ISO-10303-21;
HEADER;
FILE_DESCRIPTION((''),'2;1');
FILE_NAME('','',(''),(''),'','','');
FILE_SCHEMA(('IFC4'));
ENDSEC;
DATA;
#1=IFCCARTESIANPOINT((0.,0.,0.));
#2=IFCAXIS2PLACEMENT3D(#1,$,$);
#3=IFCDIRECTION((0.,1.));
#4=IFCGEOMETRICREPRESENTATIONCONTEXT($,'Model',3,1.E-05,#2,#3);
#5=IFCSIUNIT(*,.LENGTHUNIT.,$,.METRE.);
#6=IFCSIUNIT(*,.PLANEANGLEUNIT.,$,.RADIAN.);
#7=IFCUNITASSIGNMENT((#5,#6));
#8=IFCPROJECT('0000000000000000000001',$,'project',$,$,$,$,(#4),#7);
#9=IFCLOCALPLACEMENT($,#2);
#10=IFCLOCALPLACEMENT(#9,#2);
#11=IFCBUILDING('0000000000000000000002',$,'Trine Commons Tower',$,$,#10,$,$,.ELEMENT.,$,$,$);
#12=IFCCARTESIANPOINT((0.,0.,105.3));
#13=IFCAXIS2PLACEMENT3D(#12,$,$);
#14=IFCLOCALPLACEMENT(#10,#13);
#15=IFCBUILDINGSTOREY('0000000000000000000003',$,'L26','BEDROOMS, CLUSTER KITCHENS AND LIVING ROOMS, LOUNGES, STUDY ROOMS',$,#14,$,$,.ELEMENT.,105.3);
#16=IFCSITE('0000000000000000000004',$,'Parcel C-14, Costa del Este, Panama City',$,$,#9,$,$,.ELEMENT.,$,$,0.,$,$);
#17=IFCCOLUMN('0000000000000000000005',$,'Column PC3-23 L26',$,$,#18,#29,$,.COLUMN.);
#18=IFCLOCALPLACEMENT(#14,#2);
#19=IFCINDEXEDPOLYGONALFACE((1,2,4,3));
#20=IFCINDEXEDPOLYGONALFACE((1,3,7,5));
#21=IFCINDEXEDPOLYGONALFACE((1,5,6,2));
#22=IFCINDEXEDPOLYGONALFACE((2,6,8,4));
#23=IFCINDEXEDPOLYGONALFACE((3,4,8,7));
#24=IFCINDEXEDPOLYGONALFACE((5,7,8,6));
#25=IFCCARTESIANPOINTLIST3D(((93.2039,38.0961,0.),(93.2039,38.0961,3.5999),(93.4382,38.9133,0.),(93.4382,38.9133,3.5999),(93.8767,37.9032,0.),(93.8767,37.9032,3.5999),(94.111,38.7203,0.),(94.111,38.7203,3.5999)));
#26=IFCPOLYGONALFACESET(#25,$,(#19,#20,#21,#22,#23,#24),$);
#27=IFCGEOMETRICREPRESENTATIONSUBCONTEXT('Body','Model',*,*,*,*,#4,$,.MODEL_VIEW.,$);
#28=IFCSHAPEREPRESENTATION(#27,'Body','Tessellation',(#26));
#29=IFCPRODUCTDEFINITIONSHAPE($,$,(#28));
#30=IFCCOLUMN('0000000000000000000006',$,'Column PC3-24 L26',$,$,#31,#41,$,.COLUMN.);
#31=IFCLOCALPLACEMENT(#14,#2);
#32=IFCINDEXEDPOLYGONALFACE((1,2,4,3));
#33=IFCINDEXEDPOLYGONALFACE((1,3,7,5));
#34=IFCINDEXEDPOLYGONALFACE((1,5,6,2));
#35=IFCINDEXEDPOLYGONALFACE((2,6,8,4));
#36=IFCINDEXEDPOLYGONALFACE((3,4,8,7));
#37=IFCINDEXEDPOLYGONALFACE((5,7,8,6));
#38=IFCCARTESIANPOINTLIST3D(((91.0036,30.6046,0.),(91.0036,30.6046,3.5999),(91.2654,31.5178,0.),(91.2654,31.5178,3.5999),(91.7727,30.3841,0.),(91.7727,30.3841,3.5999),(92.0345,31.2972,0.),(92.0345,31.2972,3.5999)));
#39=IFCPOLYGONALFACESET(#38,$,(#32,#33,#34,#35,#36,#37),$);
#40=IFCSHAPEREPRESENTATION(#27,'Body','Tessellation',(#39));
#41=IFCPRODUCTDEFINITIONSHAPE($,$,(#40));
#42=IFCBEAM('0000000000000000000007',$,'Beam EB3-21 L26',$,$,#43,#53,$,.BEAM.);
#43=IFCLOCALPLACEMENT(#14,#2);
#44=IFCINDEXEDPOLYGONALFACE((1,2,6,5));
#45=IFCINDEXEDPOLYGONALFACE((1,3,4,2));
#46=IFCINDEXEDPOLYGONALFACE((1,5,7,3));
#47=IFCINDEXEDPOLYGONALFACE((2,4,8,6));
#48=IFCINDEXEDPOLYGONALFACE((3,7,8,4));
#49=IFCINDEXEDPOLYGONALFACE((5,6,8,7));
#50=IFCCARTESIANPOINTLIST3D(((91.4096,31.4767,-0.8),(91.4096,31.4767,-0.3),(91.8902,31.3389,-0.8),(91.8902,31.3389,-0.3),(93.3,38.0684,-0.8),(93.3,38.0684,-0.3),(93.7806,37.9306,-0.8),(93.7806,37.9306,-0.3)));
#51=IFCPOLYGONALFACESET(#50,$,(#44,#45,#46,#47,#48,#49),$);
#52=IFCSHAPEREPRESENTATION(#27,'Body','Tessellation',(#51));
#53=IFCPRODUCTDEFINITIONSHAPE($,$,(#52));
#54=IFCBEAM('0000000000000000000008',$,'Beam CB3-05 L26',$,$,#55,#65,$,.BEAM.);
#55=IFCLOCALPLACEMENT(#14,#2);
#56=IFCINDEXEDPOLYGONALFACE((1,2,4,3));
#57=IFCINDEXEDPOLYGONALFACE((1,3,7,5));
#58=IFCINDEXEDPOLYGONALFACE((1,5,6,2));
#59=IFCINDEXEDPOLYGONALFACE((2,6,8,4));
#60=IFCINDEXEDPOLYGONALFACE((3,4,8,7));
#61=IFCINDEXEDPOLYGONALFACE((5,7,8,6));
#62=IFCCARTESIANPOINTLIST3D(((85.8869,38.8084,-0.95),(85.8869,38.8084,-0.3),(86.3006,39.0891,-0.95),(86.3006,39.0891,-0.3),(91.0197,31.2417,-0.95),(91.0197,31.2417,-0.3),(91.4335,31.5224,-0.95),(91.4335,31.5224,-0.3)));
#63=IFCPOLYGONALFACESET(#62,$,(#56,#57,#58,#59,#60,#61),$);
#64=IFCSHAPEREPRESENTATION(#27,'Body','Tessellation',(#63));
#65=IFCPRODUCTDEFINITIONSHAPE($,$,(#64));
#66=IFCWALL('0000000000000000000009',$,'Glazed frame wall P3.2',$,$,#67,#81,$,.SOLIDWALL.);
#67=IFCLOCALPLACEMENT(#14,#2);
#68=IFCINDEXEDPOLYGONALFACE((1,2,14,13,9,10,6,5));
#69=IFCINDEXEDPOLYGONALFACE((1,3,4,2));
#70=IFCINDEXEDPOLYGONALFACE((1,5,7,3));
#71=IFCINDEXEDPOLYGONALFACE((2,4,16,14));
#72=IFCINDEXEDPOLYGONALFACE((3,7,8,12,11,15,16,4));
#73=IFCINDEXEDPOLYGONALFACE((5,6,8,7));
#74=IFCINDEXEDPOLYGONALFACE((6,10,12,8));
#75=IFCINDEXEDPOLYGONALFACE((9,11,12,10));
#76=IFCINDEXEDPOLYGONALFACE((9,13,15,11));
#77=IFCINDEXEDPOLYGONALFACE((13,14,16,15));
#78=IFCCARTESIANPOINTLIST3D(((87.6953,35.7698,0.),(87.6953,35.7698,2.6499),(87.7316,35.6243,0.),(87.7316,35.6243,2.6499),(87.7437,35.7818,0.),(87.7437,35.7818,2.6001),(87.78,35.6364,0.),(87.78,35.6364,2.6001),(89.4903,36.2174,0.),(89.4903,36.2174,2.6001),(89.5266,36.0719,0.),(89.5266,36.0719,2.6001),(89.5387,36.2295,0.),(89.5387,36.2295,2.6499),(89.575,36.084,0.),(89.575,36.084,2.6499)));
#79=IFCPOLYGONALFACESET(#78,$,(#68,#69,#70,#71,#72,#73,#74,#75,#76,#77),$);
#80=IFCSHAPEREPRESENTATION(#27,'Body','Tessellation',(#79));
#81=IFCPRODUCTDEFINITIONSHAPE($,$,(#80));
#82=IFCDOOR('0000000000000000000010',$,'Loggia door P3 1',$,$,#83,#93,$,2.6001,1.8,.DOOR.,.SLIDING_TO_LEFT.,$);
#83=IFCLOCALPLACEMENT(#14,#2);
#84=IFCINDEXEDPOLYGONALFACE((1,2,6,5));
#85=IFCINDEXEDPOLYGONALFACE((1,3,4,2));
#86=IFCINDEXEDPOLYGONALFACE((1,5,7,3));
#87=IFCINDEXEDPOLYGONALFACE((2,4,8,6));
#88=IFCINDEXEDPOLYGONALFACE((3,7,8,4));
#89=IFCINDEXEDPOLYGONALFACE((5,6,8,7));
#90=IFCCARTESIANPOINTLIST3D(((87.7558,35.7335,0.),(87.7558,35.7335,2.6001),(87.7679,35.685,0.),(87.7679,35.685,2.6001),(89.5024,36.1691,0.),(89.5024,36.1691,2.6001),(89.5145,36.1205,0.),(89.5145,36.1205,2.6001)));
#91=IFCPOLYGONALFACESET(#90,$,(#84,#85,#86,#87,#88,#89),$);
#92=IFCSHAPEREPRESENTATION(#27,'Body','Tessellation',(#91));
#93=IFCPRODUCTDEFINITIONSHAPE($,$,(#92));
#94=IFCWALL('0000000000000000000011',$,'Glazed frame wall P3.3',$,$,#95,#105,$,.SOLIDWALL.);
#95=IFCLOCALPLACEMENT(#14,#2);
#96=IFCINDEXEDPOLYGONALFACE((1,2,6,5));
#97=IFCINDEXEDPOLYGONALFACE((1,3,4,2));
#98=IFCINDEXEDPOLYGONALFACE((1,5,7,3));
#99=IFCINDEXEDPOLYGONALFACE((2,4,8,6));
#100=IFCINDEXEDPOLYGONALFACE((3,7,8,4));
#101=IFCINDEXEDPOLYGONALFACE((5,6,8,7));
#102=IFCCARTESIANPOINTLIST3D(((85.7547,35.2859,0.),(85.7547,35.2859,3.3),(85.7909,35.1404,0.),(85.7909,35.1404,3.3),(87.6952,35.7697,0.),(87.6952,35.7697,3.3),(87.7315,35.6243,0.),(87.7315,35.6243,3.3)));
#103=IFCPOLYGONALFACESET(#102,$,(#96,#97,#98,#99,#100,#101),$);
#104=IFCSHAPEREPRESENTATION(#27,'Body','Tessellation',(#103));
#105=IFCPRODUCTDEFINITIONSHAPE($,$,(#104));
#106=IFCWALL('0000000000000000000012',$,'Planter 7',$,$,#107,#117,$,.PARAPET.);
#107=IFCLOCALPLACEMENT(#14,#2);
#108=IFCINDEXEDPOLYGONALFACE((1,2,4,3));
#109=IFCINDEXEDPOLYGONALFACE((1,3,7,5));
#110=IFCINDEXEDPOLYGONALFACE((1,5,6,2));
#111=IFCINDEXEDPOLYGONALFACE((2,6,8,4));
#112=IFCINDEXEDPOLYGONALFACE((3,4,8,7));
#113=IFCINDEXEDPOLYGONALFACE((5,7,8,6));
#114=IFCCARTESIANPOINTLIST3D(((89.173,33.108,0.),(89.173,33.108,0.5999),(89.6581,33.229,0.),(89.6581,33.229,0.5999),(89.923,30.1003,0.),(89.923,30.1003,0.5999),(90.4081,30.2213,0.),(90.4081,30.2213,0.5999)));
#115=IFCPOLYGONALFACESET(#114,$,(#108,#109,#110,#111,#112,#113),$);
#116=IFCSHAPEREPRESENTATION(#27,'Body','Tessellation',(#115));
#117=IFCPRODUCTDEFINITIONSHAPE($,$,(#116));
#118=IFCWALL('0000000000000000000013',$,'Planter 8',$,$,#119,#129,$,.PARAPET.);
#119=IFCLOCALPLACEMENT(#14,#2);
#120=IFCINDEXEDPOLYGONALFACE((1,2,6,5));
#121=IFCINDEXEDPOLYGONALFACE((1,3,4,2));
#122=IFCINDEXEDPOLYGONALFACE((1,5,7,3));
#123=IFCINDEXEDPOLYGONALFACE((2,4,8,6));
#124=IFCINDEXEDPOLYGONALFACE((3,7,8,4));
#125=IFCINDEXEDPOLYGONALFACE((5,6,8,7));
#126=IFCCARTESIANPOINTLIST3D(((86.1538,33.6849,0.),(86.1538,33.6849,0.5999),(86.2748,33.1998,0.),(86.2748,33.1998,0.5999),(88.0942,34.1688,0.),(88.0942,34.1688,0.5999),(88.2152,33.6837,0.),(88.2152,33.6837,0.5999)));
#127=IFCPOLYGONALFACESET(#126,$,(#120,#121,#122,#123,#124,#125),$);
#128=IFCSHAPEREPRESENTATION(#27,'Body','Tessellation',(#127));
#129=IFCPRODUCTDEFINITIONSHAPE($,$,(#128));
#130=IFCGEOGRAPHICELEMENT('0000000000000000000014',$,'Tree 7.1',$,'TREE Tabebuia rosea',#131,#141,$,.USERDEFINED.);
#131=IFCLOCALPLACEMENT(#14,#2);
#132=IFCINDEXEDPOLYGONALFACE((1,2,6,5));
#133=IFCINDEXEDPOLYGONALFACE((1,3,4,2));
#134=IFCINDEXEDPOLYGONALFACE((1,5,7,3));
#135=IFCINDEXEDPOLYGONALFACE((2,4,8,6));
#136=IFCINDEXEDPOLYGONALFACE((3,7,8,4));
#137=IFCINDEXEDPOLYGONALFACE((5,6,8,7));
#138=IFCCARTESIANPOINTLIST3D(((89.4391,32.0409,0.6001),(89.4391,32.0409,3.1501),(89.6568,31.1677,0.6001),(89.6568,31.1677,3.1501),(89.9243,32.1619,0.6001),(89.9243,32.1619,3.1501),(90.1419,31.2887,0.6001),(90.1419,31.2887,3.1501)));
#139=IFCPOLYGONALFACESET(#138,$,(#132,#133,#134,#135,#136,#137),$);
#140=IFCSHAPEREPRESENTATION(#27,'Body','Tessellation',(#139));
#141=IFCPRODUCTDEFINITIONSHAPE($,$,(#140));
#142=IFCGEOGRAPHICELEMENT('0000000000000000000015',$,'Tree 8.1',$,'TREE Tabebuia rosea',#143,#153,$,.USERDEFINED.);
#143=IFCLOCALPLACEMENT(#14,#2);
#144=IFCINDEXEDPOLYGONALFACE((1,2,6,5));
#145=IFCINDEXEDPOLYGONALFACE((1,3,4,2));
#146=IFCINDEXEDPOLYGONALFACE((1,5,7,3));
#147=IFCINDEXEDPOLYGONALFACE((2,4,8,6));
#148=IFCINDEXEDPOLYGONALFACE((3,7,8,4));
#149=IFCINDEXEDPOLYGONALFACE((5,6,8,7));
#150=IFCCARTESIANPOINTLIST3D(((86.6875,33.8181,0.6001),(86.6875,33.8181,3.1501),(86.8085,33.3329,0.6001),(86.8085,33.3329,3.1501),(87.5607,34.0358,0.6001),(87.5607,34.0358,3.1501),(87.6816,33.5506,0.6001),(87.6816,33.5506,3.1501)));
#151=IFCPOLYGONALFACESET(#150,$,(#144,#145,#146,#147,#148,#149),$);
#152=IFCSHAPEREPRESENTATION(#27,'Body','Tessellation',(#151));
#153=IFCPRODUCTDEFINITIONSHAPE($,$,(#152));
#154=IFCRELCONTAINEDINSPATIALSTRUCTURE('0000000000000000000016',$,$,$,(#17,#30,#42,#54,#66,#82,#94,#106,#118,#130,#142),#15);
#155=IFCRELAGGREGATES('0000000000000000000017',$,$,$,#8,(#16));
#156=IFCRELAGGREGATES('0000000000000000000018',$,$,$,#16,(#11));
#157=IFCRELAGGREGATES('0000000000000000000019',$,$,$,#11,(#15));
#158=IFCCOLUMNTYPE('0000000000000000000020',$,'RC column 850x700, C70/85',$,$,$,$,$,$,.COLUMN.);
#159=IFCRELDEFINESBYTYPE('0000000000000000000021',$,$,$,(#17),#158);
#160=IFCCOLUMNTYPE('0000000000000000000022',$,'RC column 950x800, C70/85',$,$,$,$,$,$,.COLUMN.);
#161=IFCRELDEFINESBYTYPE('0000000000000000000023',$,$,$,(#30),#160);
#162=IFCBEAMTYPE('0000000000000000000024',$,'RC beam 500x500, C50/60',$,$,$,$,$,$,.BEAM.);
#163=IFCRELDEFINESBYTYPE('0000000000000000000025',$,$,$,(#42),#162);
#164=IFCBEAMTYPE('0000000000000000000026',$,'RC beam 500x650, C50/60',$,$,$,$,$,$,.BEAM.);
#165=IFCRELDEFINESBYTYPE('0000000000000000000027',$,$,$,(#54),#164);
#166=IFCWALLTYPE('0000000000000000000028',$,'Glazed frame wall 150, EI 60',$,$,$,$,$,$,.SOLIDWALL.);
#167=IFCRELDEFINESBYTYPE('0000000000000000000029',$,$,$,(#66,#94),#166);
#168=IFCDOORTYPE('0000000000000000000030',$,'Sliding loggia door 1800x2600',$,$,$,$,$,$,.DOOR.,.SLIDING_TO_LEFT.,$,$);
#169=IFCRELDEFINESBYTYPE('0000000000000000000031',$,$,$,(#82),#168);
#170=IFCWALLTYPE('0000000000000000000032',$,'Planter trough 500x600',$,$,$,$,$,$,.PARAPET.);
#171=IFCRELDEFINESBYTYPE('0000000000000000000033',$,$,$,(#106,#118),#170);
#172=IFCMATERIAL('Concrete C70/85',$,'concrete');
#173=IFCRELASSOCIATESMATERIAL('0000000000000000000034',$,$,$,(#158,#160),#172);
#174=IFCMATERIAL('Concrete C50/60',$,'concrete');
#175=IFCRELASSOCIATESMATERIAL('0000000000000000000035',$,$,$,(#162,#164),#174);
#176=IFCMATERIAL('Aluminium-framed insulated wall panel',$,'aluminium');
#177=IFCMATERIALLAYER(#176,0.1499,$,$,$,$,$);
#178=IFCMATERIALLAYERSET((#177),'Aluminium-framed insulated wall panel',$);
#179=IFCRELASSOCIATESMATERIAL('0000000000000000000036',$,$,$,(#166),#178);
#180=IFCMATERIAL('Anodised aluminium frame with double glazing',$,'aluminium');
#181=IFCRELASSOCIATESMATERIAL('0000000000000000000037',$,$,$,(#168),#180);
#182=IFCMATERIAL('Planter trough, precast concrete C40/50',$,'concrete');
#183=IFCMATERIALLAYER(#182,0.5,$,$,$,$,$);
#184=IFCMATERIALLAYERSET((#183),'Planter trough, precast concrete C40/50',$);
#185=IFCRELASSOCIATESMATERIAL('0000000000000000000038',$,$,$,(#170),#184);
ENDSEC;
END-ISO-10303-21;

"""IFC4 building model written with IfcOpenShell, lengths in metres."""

from ifc_helpers import new_model, si_unit, direction, frame, frame_2d, origin, origin_2d, place, context, subcontext, project, spatial, polyline, rectangle, outline, extrude, material, layer, layer_set, material_profile, profile_set, type_object, element, fill, save


model = new_model("IFC4")

# Units and contexts
model_context = context("Model", 3, precision=1e-05, world=origin(), true_north=direction((0.0, 1.0)))
body_context = subcontext(model_context, "Body", "Model", "MODEL_VIEW")
ifc_project = project(units=[si_unit("LENGTHUNIT", "METRE"), si_unit("PLANEANGLEUNIT", "RADIAN")], contexts=[model_context])

# Site, building, storey
site_placement = place(None, origin())
site = spatial("IfcSite", under=ifc_project, at=site_placement, Name="Parcel C-14, Costa del Este, Panama City", CompositionType="ELEMENT", RefElevation=0.0)
building_placement = place(site_placement, origin())
building = spatial("IfcBuilding", under=site, at=building_placement, Name="Trine Commons Tower", CompositionType="ELEMENT")
storey_placement = place(building_placement, frame((0.0, 0.0, 105.3)))
storey = spatial("IfcBuildingStorey", under=building, at=storey_placement, Name="L26", Description="BEDROOMS, CLUSTER KITCHENS AND LIVING ROOMS, LOUNGES, STUDY ROOMS", CompositionType="ELEMENT", Elevation=105.3)

# Columns
ifc_material_1 = material(Name="Concrete C70/85", Category="concrete")
ifc_material_profile_1 = material_profile(ifc_material_1, rectangle(XDim=0.8501, YDim=0.7, at=origin_2d()), Name="RC 850x700")
ifc_profile_set_1 = profile_set([ifc_material_profile_1], Name="Concrete C70/85")
column_type_1 = type_object("IfcColumnType", Name="RC column 850x700, C70/85", PredefinedType="COLUMN", material=ifc_profile_set_1)
column_1_placement = place(storey_placement, frame((93.6575, 38.4082, 0.0), z_axis=(0.0, 0.0, 1.0), x_axis=(0.275637, 0.961262, 0.0)))
element("IfcColumn", 1, at=column_1_placement, inside=storey, type_object=column_type_1, Name="Column PC3-23 L26", PredefinedType="COLUMN", context=body_context, shape_type="SweptSolid", body=[
    extrude(rectangle(XDim=0.8501, YDim=0.7, at=origin_2d()), origin(), (0.0, 0.0, 1.0), 3.5999),
])
ifc_material_profile_2 = material_profile(ifc_material_1, rectangle(XDim=0.95, YDim=0.8, at=origin_2d()), Name="RC 950x800")
ifc_profile_set_2 = profile_set([ifc_material_profile_2], Name="Concrete C70/85")
column_type_2 = type_object("IfcColumnType", Name="RC column 950x800, C70/85", PredefinedType="COLUMN", material=ifc_profile_set_2)
column_2_placement = place(storey_placement, frame((91.519, 30.9509, 0.0), z_axis=(0.0, 0.0, 1.0), x_axis=(0.275637, 0.961262, 0.0)))
element("IfcColumn", 2, at=column_2_placement, inside=storey, type_object=column_type_2, Name="Column PC3-24 L26", PredefinedType="COLUMN", context=body_context, shape_type="SweptSolid", body=[
    extrude(rectangle(XDim=0.95, YDim=0.8, at=origin_2d()), origin(), (0.0, 0.0, 1.0), 3.5999),
])

# Beams
ifc_material_2 = material(Name="Concrete C50/60", Category="concrete")
ifc_material_profile_3 = material_profile(ifc_material_2, rectangle(XDim=0.5, YDim=0.5, at=origin_2d()), Name="RC 500x500")
ifc_profile_set_3 = profile_set([ifc_material_profile_3], Name="Concrete C50/60")
beam_type_1 = type_object("IfcBeamType", Name="RC beam 500x500, C50/60", PredefinedType="BEAM", material=ifc_profile_set_3)
beam_1_placement = place(storey_placement, frame((93.5403, 37.9995, -0.55), z_axis=(-0.275666, -0.961253, 0.0), x_axis=(0.961253, -0.275666, 0.0)))
element("IfcBeam", 3, at=beam_1_placement, inside=storey, type_object=beam_type_1, Name="Beam EB3-21 L26", PredefinedType="BEAM", context=body_context, shape_type="SweptSolid", body=[
    extrude(rectangle(XDim=0.5, YDim=0.5, at=origin_2d()), origin(), (0.0, 0.0, 1.0), 6.8574),
])
ifc_material_profile_4 = material_profile(ifc_material_2, rectangle(XDim=0.5, YDim=0.6499, at=origin_2d()), Name="RC 500x650")
ifc_profile_set_4 = profile_set([ifc_material_profile_4], Name="Concrete C50/60")
beam_type_2 = type_object("IfcBeamType", Name="RC beam 500x650, C50/60", PredefinedType="BEAM", material=ifc_profile_set_4)
beam_2_placement = place(storey_placement, frame((91.2266, 31.3821, -0.625), z_axis=(-0.561374, 0.827562, 0.0), x_axis=(-0.827562, -0.561374, 0.0)))
element("IfcBeam", 4, at=beam_2_placement, inside=storey, type_object=beam_type_2, Name="Beam CB3-05 L26", PredefinedType="BEAM", context=body_context, shape_type="SweptSolid", body=[
    extrude(rectangle(XDim=0.5, YDim=0.6499, at=origin_2d()), origin(), (0.0, 0.0, 1.0), 9.1433),
])

# Shared definitions
ifc_material_3 = material(Name="Aluminium-framed insulated wall panel", Category="aluminium")
ifc_layer_1 = layer(ifc_material_3, 0.1499)
ifc_layer_set_1 = layer_set([ifc_layer_1], Name="Aluminium-framed insulated wall panel")
wall_type_1 = type_object("IfcWallType", Name="Glazed frame wall 150, EI 60", PredefinedType="SOLIDWALL", material=ifc_layer_set_1)

# Wall, opening, door
wall_1_placement = place(storey_placement, frame((89.5569, 36.1567, 0.0), z_axis=(0.0, 0.0, 1.0), x_axis=(-0.970286, -0.241961, 0.0)))
wall_1 = element("IfcWall", 5, at=wall_1_placement, inside=storey, type_object=wall_type_1, Name="Glazed frame wall P3.2", PredefinedType="SOLIDWALL", context=body_context, shape_type="SweptSolid", body=[
    extrude(outline(polyline([(0.0, -0.075), (1.8999, -0.075), (1.8999, 0.075), (0.0, 0.075), (0.0, -0.075)])), origin(), (0.0, 0.0, 1.0), 2.6499),
])
opening_placement = place(wall_1_placement, frame((0.05, 0.0, 0.0)))
opening = element("IfcOpeningElement", 6, at=opening_placement, cuts=wall_1, PredefinedType="OPENING", context=body_context, shape_type="SweptSolid", body=[
    extrude(rectangle(XDim=1.8, YDim=2.6001, at=frame_2d((0.8999, 1.3))), frame((0.0, 0.085, 0.0), z_axis=(0.0, -1.0, 0.0), x_axis=(1.0, 0.0, 0.0)), (0.0, 0.0, 1.0), 0.1699),
])
ifc_material_4 = material(Name="Anodised aluminium frame with double glazing", Category="aluminium")
door_type = type_object("IfcDoorType", Name="Sliding loggia door 1800x2600", OperationType="SLIDING_TO_LEFT", PredefinedType="DOOR", material=ifc_material_4)
door_placement = place(opening_placement, origin())
door = element("IfcDoor", 7, at=door_placement, inside=storey, type_object=door_type, Name="Loggia door P3 1", OperationType="SLIDING_TO_LEFT", OverallHeight=2.6001, OverallWidth=1.8, PredefinedType="DOOR", context=body_context, shape_type="SweptSolid", body=[
    extrude(rectangle(XDim=1.8, YDim=2.6001, at=frame_2d((0.8999, 1.3))), frame((0.0, 0.0249, 0.0), z_axis=(0.0, -1.0, 0.0), x_axis=(1.0, 0.0, 0.0)), (0.0, 0.0, 1.0), 0.05),
])
fill(opening, door)

# Walls
wall_2_placement = place(storey_placement, frame((87.7134, 35.697, 0.0), z_axis=(0.0, 0.0, 1.0), x_axis=(-0.970293, -0.241932, 0.0)))
element("IfcWall", 8, at=wall_2_placement, inside=storey, type_object=wall_type_1, Name="Glazed frame wall P3.3", PredefinedType="SOLIDWALL", context=body_context, shape_type="SweptSolid", body=[
    extrude(outline(polyline([(0.0, -0.075), (2.0, -0.075), (2.0, 0.075), (0.0, 0.075), (0.0, -0.075)])), origin(), (0.0, 0.0, 1.0), 3.3),
])
ifc_material_5 = material(Name="Planter trough, precast concrete C40/50", Category="concrete")
ifc_layer_2 = layer(ifc_material_5, 0.5)
ifc_layer_set_2 = layer_set([ifc_layer_2], Name="Planter trough, precast concrete C40/50")
wall_type_2 = type_object("IfcWallType", Name="Planter trough 500x600", PredefinedType="PARAPET", material=ifc_layer_set_2)
wall_3_placement = place(storey_placement, frame((90.1655, 30.1609, 0.0), z_axis=(0.0, 0.0, 1.0), x_axis=(-0.241943, 0.970291, 0.0)))
element("IfcWall", 9, at=wall_3_placement, inside=storey, type_object=wall_type_2, Name="Planter 7", PredefinedType="PARAPET", context=body_context, shape_type="SweptSolid", body=[
    extrude(rectangle(XDim=3.0999, YDim=0.5, at=frame_2d((1.5498, 0.0))), origin(), (0.0, 0.0, 1.0), 0.5999),
])
wall_4_placement = place(storey_placement, frame((88.1548, 33.9263, 0.0), z_axis=(0.0, 0.0, 1.0), x_axis=(-0.970286, -0.241961, 0.0)))
element("IfcWall", 10, at=wall_4_placement, inside=storey, type_object=wall_type_2, Name="Planter 8", PredefinedType="PARAPET", context=body_context, shape_type="SweptSolid", body=[
    extrude(rectangle(XDim=1.9998, YDim=0.5, at=frame_2d((1.0, 0.0))), origin(), (0.0, 0.0, 1.0), 0.5999),
])

# Geographic elements
for number, where, z_axis, x_axis, name in (
    (11, (89.7905, 31.6648, 0.6001), (0.0, 0.0, 1.0), (-0.241908, 0.970299, 0.0), "Tree 7.1"),
    (12, (87.1846, 33.6843, 0.6001), (0.0, 0.0, 1.0), (-0.970297, -0.241915, 0.0), "Tree 8.1"),
):
    element("IfcGeographicElement", number, at=place(storey_placement, frame(where, z_axis=z_axis, x_axis=x_axis)), inside=storey, Name=name, ObjectType="TREE Tabebuia rosea", PredefinedType="USERDEFINED", context=body_context, shape_type="SweptSolid", body=[
        extrude(rectangle(XDim=0.8999, YDim=0.5, at=origin_2d()), origin(), (0.0, 0.0, 1.0), 2.55),
    ])

save(model, "model.ifc")
